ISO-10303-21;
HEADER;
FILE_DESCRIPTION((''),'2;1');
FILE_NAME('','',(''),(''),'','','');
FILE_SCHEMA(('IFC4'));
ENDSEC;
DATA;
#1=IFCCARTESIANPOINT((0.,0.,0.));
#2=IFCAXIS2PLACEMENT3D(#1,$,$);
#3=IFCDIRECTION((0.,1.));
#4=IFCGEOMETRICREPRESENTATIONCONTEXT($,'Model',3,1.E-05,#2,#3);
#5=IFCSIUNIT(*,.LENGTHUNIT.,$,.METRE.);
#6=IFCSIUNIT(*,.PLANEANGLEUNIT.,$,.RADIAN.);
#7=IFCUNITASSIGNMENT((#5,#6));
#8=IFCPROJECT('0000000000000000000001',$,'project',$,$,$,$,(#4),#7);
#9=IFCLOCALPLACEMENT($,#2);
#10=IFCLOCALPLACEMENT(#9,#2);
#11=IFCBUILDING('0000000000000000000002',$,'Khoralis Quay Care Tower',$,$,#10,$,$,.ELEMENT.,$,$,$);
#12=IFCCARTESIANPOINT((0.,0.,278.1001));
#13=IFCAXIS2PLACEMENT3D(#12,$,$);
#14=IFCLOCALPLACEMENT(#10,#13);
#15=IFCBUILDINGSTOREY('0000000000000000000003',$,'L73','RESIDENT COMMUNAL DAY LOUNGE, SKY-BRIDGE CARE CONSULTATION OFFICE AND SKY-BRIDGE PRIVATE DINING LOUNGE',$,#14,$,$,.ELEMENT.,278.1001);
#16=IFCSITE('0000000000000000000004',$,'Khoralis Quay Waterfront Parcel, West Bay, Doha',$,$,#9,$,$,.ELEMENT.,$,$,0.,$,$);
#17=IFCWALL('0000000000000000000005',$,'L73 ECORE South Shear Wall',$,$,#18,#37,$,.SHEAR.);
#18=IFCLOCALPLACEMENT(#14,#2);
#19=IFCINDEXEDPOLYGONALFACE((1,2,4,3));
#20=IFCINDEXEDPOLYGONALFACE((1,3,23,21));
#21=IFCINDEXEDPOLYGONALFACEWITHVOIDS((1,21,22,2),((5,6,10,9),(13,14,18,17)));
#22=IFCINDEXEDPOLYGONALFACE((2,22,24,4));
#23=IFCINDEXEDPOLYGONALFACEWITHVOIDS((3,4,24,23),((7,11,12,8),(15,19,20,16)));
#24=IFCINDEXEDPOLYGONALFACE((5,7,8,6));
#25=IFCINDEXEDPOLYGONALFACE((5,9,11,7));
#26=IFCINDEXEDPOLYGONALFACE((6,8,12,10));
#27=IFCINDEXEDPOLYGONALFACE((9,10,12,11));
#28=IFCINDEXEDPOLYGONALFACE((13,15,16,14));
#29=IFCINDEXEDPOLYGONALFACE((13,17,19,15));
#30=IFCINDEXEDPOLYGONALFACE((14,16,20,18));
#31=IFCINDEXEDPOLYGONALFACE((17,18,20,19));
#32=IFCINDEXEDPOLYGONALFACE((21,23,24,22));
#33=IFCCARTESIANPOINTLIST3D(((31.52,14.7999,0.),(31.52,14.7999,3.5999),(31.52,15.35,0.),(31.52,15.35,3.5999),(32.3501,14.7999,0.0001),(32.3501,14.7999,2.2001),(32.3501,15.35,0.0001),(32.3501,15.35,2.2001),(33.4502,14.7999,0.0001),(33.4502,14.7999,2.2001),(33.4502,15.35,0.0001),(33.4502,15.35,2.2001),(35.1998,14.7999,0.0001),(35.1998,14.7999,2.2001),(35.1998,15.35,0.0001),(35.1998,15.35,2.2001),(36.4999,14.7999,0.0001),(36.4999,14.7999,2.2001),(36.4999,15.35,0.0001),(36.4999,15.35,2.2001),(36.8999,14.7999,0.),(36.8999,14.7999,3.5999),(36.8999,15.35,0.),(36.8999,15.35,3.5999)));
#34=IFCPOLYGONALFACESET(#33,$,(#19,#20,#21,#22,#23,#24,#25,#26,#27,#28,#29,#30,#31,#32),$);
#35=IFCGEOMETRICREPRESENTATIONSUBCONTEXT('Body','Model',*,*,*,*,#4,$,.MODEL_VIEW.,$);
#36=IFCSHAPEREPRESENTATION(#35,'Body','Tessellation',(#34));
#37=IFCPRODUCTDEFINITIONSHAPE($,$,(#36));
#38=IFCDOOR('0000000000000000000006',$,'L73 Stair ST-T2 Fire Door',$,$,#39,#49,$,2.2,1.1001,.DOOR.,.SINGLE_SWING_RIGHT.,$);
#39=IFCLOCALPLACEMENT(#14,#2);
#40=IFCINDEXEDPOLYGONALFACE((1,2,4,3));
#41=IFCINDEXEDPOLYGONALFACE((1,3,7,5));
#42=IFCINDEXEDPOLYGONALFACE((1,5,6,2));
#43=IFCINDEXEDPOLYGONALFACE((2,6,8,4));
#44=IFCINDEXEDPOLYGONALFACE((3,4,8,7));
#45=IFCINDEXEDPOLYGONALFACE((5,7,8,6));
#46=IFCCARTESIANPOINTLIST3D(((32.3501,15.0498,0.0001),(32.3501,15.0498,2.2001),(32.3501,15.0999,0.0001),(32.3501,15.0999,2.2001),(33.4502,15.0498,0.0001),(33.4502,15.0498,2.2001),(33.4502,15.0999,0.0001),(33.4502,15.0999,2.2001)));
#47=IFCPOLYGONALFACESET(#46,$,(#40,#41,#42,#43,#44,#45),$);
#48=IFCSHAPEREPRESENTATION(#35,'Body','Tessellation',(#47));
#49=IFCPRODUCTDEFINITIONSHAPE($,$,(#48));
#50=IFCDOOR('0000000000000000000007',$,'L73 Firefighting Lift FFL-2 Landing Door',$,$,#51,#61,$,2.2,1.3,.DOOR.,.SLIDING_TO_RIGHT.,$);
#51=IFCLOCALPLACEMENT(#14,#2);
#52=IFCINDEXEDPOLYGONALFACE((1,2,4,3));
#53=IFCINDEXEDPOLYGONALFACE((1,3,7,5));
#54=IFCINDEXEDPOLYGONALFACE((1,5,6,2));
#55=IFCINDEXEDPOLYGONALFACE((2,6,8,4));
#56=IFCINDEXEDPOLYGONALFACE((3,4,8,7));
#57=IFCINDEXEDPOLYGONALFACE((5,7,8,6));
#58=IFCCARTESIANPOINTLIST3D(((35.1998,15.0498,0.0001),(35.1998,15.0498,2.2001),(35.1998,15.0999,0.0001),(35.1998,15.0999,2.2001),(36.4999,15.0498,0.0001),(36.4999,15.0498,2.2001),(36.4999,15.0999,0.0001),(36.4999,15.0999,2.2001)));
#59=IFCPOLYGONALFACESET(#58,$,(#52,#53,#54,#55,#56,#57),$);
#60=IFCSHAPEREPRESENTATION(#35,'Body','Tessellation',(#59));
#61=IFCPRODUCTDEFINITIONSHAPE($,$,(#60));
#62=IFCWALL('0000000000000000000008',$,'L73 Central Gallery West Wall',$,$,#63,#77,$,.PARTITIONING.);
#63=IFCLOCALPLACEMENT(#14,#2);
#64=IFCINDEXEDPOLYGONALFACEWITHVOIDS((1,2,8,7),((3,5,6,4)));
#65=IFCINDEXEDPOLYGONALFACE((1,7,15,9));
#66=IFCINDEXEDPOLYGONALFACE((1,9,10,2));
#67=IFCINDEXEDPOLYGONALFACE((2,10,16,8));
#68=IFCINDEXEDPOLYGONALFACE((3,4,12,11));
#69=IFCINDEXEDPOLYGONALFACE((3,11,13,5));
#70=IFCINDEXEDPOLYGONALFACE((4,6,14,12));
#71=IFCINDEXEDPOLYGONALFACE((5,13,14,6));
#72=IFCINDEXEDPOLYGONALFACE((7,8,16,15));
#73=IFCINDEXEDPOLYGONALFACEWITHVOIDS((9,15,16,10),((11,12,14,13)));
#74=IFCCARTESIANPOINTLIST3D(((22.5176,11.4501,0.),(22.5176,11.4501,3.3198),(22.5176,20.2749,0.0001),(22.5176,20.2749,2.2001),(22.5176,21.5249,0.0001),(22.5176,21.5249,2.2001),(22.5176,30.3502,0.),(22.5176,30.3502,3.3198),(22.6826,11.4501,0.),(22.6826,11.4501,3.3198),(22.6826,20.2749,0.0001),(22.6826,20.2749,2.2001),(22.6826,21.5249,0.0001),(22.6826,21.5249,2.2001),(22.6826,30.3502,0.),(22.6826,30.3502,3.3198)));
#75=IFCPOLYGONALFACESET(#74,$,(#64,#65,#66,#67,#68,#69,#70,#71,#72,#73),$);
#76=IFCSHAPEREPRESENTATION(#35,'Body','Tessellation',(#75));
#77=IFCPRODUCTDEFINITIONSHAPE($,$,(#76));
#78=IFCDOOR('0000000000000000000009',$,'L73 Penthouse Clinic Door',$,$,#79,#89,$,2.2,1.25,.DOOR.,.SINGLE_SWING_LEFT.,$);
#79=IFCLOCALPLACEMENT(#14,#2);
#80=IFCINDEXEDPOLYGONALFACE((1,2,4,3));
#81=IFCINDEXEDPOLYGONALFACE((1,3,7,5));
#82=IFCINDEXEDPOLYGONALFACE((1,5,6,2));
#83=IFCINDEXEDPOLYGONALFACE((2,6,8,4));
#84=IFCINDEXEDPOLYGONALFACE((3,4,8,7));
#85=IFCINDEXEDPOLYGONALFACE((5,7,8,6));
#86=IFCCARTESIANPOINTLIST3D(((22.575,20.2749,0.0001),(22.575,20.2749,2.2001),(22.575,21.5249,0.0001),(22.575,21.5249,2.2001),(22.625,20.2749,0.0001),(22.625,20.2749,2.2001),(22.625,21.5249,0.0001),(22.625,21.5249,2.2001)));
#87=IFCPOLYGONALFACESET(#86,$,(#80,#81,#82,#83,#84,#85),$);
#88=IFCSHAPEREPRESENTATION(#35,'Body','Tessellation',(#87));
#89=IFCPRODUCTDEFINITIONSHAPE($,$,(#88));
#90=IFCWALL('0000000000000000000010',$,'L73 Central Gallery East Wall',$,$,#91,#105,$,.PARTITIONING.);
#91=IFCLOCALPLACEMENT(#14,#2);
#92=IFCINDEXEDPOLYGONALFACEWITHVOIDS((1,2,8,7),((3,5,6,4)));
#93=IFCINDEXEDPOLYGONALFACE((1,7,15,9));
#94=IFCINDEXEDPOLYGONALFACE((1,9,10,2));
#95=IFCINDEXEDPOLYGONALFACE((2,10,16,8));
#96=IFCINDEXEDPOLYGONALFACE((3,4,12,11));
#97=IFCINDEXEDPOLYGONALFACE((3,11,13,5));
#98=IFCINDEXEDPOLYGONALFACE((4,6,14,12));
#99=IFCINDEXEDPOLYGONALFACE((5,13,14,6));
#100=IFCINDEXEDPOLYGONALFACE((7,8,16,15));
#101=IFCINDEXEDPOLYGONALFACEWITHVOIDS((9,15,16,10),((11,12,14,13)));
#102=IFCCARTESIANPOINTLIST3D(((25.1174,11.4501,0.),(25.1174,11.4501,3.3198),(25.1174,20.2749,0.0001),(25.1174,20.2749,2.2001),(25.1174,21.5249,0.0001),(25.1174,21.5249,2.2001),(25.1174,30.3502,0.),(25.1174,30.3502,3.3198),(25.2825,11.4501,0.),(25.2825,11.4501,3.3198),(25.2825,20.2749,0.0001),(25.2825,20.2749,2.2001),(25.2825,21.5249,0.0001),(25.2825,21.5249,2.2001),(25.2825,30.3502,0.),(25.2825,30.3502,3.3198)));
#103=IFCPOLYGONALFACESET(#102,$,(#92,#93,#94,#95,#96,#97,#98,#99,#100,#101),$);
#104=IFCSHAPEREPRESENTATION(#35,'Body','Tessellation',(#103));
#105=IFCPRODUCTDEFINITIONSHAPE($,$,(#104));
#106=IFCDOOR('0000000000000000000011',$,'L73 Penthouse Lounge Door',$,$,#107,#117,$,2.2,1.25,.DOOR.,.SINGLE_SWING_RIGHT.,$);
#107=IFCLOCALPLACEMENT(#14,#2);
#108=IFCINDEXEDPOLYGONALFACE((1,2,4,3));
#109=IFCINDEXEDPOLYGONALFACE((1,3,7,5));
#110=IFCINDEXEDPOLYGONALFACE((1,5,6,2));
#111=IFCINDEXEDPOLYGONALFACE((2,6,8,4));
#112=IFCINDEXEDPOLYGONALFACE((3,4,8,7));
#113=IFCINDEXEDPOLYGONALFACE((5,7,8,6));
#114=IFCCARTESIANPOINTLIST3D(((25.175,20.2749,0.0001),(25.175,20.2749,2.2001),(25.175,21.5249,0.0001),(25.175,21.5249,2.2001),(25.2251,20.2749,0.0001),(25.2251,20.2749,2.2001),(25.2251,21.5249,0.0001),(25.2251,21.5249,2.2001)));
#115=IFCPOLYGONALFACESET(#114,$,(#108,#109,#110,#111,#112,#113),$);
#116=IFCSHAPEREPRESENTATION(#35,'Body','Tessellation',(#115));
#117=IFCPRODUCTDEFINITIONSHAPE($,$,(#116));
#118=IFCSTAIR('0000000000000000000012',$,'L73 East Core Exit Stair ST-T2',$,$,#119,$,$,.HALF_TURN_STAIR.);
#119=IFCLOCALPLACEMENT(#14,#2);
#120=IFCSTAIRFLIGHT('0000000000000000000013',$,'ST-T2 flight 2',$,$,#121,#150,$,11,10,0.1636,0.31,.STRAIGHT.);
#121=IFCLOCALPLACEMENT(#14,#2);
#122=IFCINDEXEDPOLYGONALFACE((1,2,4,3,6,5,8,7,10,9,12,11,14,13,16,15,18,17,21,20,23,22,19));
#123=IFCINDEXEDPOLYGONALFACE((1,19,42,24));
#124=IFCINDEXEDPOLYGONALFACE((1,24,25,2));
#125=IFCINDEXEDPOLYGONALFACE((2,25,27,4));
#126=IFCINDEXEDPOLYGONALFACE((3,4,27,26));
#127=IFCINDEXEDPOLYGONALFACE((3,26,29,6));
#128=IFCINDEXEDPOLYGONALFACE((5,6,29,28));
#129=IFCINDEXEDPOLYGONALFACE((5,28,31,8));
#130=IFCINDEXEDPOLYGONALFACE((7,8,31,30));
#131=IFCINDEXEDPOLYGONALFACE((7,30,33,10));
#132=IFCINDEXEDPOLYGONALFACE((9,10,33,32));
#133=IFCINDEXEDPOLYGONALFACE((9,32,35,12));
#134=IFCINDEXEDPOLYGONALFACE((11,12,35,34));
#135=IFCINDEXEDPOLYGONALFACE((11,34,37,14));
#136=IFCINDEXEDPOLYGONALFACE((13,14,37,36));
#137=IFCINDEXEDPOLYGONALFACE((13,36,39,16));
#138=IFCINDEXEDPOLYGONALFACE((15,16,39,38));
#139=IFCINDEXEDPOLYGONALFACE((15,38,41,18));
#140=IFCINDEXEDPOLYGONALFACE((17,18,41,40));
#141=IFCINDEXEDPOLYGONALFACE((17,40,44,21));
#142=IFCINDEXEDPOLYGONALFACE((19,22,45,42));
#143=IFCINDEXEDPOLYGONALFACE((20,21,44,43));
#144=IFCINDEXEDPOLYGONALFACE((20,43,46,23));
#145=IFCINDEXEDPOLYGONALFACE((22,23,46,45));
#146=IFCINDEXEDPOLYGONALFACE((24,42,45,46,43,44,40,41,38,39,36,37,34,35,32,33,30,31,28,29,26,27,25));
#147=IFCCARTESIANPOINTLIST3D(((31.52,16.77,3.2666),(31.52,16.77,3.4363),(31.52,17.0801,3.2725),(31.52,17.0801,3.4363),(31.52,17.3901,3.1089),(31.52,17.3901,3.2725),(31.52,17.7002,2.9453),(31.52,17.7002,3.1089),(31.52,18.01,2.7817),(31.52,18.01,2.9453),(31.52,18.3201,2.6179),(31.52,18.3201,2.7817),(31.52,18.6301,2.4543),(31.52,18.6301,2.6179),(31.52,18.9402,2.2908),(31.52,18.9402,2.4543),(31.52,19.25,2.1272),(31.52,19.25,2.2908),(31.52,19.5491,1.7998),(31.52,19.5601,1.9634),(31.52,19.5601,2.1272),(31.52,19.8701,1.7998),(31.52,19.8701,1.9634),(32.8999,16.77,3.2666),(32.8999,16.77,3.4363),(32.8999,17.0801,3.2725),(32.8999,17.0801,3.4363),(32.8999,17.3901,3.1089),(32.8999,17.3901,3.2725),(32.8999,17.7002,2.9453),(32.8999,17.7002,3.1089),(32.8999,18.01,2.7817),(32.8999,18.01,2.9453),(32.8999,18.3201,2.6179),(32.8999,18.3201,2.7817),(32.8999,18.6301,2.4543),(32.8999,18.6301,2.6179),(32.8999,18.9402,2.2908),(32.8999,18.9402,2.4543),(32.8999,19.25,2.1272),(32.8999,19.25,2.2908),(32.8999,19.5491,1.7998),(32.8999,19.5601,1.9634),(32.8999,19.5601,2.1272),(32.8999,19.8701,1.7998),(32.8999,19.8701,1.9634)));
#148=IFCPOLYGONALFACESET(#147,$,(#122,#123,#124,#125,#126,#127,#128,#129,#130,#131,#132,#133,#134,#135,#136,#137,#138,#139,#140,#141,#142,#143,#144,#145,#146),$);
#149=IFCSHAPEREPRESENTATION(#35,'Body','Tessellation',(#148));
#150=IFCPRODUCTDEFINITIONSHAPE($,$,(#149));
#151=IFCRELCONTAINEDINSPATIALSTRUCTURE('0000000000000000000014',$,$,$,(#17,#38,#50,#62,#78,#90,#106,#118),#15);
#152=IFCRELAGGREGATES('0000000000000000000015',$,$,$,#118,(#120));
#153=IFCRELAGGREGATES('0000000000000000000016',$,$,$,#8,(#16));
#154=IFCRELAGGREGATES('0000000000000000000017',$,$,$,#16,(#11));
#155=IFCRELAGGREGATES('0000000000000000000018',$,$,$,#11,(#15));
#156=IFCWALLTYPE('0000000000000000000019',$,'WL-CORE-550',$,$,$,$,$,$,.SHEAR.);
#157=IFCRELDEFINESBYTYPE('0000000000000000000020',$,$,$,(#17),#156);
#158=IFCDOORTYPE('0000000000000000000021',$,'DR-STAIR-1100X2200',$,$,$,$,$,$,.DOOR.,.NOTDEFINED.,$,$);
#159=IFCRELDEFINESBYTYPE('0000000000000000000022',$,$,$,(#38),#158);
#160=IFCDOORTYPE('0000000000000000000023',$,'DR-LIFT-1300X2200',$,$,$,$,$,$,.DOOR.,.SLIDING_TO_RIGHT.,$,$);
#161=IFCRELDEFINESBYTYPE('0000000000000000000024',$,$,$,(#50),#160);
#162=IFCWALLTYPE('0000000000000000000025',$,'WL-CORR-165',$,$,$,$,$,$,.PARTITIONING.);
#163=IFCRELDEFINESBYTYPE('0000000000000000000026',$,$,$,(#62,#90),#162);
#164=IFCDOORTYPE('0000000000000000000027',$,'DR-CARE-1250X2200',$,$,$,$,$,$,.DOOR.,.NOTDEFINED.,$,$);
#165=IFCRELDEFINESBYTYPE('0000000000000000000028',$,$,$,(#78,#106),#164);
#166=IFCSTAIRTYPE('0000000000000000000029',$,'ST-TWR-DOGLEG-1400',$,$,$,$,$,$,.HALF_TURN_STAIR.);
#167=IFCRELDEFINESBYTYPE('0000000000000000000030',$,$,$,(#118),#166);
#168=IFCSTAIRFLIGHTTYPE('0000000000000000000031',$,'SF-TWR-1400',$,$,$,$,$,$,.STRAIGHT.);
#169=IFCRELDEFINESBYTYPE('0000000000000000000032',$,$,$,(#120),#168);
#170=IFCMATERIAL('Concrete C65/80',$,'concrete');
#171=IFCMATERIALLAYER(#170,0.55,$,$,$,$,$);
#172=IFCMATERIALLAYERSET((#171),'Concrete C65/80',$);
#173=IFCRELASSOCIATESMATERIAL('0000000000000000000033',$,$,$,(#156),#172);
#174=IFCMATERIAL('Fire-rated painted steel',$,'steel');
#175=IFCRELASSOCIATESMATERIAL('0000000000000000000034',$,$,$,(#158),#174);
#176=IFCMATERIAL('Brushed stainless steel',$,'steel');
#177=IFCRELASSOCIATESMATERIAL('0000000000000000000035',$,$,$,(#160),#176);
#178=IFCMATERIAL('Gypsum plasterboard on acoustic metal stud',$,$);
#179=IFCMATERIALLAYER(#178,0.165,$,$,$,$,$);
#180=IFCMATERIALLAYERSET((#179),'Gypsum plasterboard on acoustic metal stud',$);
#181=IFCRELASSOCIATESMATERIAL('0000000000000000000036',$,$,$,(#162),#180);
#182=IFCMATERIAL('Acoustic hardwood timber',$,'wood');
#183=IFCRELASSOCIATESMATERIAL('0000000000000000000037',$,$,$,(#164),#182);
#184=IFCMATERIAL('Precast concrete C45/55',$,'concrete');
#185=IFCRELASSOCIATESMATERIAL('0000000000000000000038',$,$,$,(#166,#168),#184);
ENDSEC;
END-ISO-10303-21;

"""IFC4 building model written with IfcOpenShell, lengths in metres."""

from ifc_helpers import new_model, si_unit, direction, frame, frame_2d, origin, place, context, subcontext, project, spatial, polyline, rectangle, outline, extrude, source, transform, mapped, material, layer, layer_set, type_object, element, fill, aggregate, save


model = new_model("IFC4")

# Units and contexts
model_context = context("Model", 3, precision=1e-05, world=origin(), true_north=direction((0.0, 1.0)))
body_context = subcontext(model_context, "Body", "Model", "MODEL_VIEW")
ifc_project = project(units=[si_unit("LENGTHUNIT", "METRE"), si_unit("PLANEANGLEUNIT", "RADIAN")], contexts=[model_context])

# Site, building, storey
site_placement = place(None, origin())
site = spatial("IfcSite", under=ifc_project, at=site_placement, Name="Khoralis Quay Waterfront Parcel, West Bay, Doha", CompositionType="ELEMENT", RefElevation=0.0)
building_placement = place(site_placement, origin())
building = spatial("IfcBuilding", under=site, at=building_placement, Name="Khoralis Quay Care Tower", CompositionType="ELEMENT")
storey_placement = place(building_placement, frame((0.0, 0.0, 278.1001)))
storey = spatial("IfcBuildingStorey", under=building, at=storey_placement, Name="L73", Description="RESIDENT COMMUNAL DAY LOUNGE, SKY-BRIDGE CARE CONSULTATION OFFICE AND SKY-BRIDGE PRIVATE DINING LOUNGE", CompositionType="ELEMENT", Elevation=278.1001)

# Shared definitions
ifc_material_1 = material(Name="Gypsum plasterboard on acoustic metal stud")
ifc_material_2 = material(Name="Fire-rated painted steel", Category="steel")

# Shared definitions
ifc_material_3 = material(Name="Concrete C65/80", Category="concrete")
ifc_layer_1 = layer(ifc_material_3, 0.55)
ifc_layer_set_1 = layer_set([ifc_layer_1], Name="Concrete C65/80")
wall_type_1 = type_object("IfcWallType", Name="WL-CORE-550", PredefinedType="SHEAR", material=ifc_layer_set_1)

# Wall, openings, doors
wall_1_placement = place(storey_placement, frame((31.52, 15.075, 0.0), z_axis=(0.0, 0.0, 1.0), x_axis=(1.0, 0.0, 0.0)))
wall_1 = element("IfcWall", 1, at=wall_1_placement, inside=storey, type_object=wall_type_1, Name="L73 ECORE South Shear Wall", PredefinedType="SHEAR", context=body_context, shape_type="SweptSolid", body=[
    extrude(rectangle(XDim=5.3799, YDim=0.55, at=frame_2d((2.6899, 0.0))), origin(), (0.0, 0.0, 1.0), 3.5999),
])
opening_1_placement = place(wall_1_placement, frame((0.8301, 0.0, 0.0)))
opening_1 = element("IfcOpeningElement", 2, at=opening_1_placement, cuts=wall_1, PredefinedType="OPENING", context=body_context, shape_type="SweptSolid", body=[
    extrude(rectangle(XDim=1.1001, YDim=2.2, at=frame_2d((0.55, 1.1001))), frame((0.0, 0.2852, 0.0), z_axis=(0.0, -1.0, 0.0), x_axis=(1.0, 0.0, 0.0)), (0.0, 0.0, 1.0), 0.5701),
])
opening_2_placement = place(wall_1_placement, frame((3.6799, 0.0, 0.0)))
opening_2 = element("IfcOpeningElement", 3, at=opening_2_placement, cuts=wall_1, PredefinedType="OPENING", context=body_context, shape_type="SweptSolid", body=[
    extrude(rectangle(XDim=1.3, YDim=2.2, at=frame_2d((0.6499, 1.1001))), frame((0.0, 0.2852, 0.0), z_axis=(0.0, -1.0, 0.0), x_axis=(1.0, 0.0, 0.0)), (0.0, 0.0, 1.0), 0.5701),
])
door_type_1 = type_object("IfcDoorType", Name="DR-STAIR-1100X2200", OperationType="NOTDEFINED", PredefinedType="DOOR", material=ifc_material_2)
shared_shape_1 = source(origin(), body_context, "Body", "SweptSolid", [
    extrude(rectangle(XDim=1.1001, YDim=2.2, at=frame_2d((0.55, 1.1001))), frame((0.0, 0.0249, 0.0), z_axis=(0.0, -1.0, 0.0), x_axis=(1.0, 0.0, 0.0)), (0.0, 0.0, 1.0), 0.05),
])
door_1_placement = place(opening_1_placement, origin())
door_1 = element("IfcDoor", 4, at=door_1_placement, inside=storey, type_object=door_type_1, Name="L73 Stair ST-T2 Fire Door", OperationType="SINGLE_SWING_RIGHT", OverallHeight=2.2, OverallWidth=1.1001, PredefinedType="DOOR", context=body_context, shape_type="MappedRepresentation", body=[
    mapped(shared_shape_1, transform((0.0, 0.0, 0.0), scale=1.0)),
])
fill(opening_1, door_1)
ifc_material_4 = material(Name="Brushed stainless steel", Category="steel")
door_type_2 = type_object("IfcDoorType", Name="DR-LIFT-1300X2200", OperationType="SLIDING_TO_RIGHT", PredefinedType="DOOR", material=ifc_material_4)
shared_shape_2 = source(origin(), body_context, "Body", "SweptSolid", [
    extrude(rectangle(XDim=1.3, YDim=2.2, at=frame_2d((0.6499, 1.1001))), frame((0.0, 0.0249, 0.0), z_axis=(0.0, -1.0, 0.0), x_axis=(1.0, 0.0, 0.0)), (0.0, 0.0, 1.0), 0.05),
])
door_2_placement = place(opening_2_placement, origin())
door_2 = element("IfcDoor", 5, at=door_2_placement, inside=storey, type_object=door_type_2, Name="L73 Firefighting Lift FFL-2 Landing Door", OperationType="SLIDING_TO_RIGHT", OverallHeight=2.2, OverallWidth=1.3, PredefinedType="DOOR", context=body_context, shape_type="MappedRepresentation", body=[
    mapped(shared_shape_2, transform((0.0, 0.0, 0.0), scale=1.0)),
])
fill(opening_2, door_2)

# Walls, openings, doors
ifc_layer_2 = layer(ifc_material_1, 0.165)
ifc_layer_set_2 = layer_set([ifc_layer_2], Name="Gypsum plasterboard on acoustic metal stud")
wall_type_2 = type_object("IfcWallType", Name="WL-CORR-165", PredefinedType="PARTITIONING", material=ifc_layer_set_2)
wall_2_placement = place(storey_placement, frame((22.6001, 11.45, 0.0), z_axis=(0.0, 0.0, 1.0), x_axis=(0.0, 1.0, 0.0)))
wall_2 = element("IfcWall", 6, at=wall_2_placement, inside=storey, type_object=wall_type_2, Name="L73 Central Gallery West Wall", PredefinedType="PARTITIONING", context=body_context, shape_type="SweptSolid", body=[
    extrude(rectangle(XDim=18.9001, YDim=0.165, at=frame_2d((9.4502, 0.0))), origin(), (0.0, 0.0, 1.0), 3.3198),
])
opening_3_placement = place(wall_2_placement, frame((8.825, 0.0, 0.0)))
opening_3 = element("IfcOpeningElement", 7, at=opening_3_placement, cuts=wall_2, PredefinedType="OPENING", context=body_context, shape_type="SweptSolid", body=[
    extrude(rectangle(XDim=1.25, YDim=2.2, at=frame_2d((0.625, 1.1001))), frame((0.0, 0.0925, 0.0), z_axis=(0.0, -1.0, 0.0), x_axis=(1.0, 0.0, 0.0)), (0.0, 0.0, 1.0), 0.1851),
])
ifc_material_5 = material(Name="Acoustic hardwood timber", Category="wood")
door_type_3 = type_object("IfcDoorType", Name="DR-CARE-1250X2200", OperationType="NOTDEFINED", PredefinedType="DOOR", material=ifc_material_5)
shared_shape_3 = source(origin(), body_context, "Body", "SweptSolid", [
    extrude(rectangle(XDim=1.25, YDim=2.2, at=frame_2d((0.625, 1.1001))), frame((0.0, 0.0249, 0.0), z_axis=(0.0, -1.0, 0.0), x_axis=(1.0, 0.0, 0.0)), (0.0, 0.0, 1.0), 0.05),
])
door_3_placement = place(opening_3_placement, frame((1.25, 0.0, 0.0), z_axis=(0.0, 0.0, 1.0), x_axis=(-1.0, 0.0, 0.0)))
door_3 = element("IfcDoor", 8, at=door_3_placement, inside=storey, type_object=door_type_3, Name="L73 Penthouse Clinic Door", OperationType="SINGLE_SWING_LEFT", OverallHeight=2.2, OverallWidth=1.25, PredefinedType="DOOR", context=body_context, shape_type="MappedRepresentation", body=[
    mapped(shared_shape_3, transform((0.0, 0.0, 0.0), scale=1.0)),
])
fill(opening_3, door_3)
wall_3_placement = place(storey_placement, frame((25.2, 11.45, 0.0), z_axis=(0.0, 0.0, 1.0), x_axis=(0.0, 1.0, 0.0)))
wall_3 = element("IfcWall", 9, at=wall_3_placement, inside=storey, type_object=wall_type_2, Name="L73 Central Gallery East Wall", PredefinedType="PARTITIONING", context=body_context, shape_type="SweptSolid", body=[
    extrude(rectangle(XDim=18.9001, YDim=0.165, at=frame_2d((9.4502, 0.0))), origin(), (0.0, 0.0, 1.0), 3.3198),
])
opening_4_placement = place(wall_3_placement, frame((8.825, 0.0, 0.0)))
opening_4 = element("IfcOpeningElement", 10, at=opening_4_placement, cuts=wall_3, PredefinedType="OPENING", context=body_context, shape_type="SweptSolid", body=[
    extrude(rectangle(XDim=1.25, YDim=2.2, at=frame_2d((0.625, 1.1001))), frame((0.0, 0.0925, 0.0), z_axis=(0.0, -1.0, 0.0), x_axis=(1.0, 0.0, 0.0)), (0.0, 0.0, 1.0), 0.1851),
])
door_4_placement = place(opening_4_placement, origin())
door_4 = element("IfcDoor", 11, at=door_4_placement, inside=storey, type_object=door_type_3, Name="L73 Penthouse Lounge Door", OperationType="SINGLE_SWING_RIGHT", OverallHeight=2.2, OverallWidth=1.25, PredefinedType="DOOR", context=body_context, shape_type="MappedRepresentation", body=[
    mapped(shared_shape_3, transform((0.0, 0.0, 0.0), scale=1.0)),
])
fill(opening_4, door_4)

# Stair, stair flight
ifc_material_6 = material(Name="Precast concrete C45/55", Category="concrete")
stair_type = type_object("IfcStairType", Name="ST-TWR-DOGLEG-1400", PredefinedType="HALF_TURN_STAIR", material=ifc_material_6)
stair_placement = place(storey_placement, origin())
stair = element("IfcStair", 12, at=stair_placement, inside=storey, type_object=stair_type, Name="L73 East Core Exit Stair ST-T2", PredefinedType="HALF_TURN_STAIR")
stair_flight_type = type_object("IfcStairFlightType", Name="SF-TWR-1400", PredefinedType="STRAIGHT", material=ifc_material_6)
shared_shape_4 = source(origin(), body_context, "Body", "SweptSolid", [
    extrude(outline(polyline([(0.0, 0.0), (0.0, 0.1636), (0.3101, 0.1636), (0.3101, 0.3274), (0.6201, 0.3274), (0.6201, 0.491), (0.9299, 0.491), (0.9299, 0.6545), (1.24, 0.6545), (1.24, 0.8181), (1.55, 0.8181), (1.55, 0.9819), (1.8601, 0.9819), (1.8601, 1.1455), (2.1699, 1.1455), (2.1699, 1.3091), (2.48, 1.3091), (2.48, 1.4727), (2.79, 1.4727), (2.79, 1.6365), (3.1001, 1.6365), (3.1001, 1.8), (3.1001, 1.4668), (0.321, 0.0), (0.0, 0.0)])), frame((0.0, 0.6899, 0.0), z_axis=(0.0, -1.0, 0.0), x_axis=(1.0, 0.0, 0.0)), (0.0, 0.0, 1.0), 1.3799),
])
stair_flight_placement = place(storey_placement, frame((32.21, 19.8701, 1.7998), z_axis=(0.0, 0.0, 1.0), x_axis=(0.0, -1.0, 0.0)))
stair_flight = element("IfcStairFlight", 13, at=stair_flight_placement, type_object=stair_flight_type, Name="ST-T2 flight 2", NumberOfRisers=11, NumberOfTreads=10, PredefinedType="STRAIGHT", RiserHeight=0.1636, TreadLength=0.31, context=body_context, shape_type="MappedRepresentation", body=[
    mapped(shared_shape_4, transform((0.0, 0.0, 0.0), scale=1.0)),
])
aggregate(stair, [stair_flight])

save(model, "model.ifc")
